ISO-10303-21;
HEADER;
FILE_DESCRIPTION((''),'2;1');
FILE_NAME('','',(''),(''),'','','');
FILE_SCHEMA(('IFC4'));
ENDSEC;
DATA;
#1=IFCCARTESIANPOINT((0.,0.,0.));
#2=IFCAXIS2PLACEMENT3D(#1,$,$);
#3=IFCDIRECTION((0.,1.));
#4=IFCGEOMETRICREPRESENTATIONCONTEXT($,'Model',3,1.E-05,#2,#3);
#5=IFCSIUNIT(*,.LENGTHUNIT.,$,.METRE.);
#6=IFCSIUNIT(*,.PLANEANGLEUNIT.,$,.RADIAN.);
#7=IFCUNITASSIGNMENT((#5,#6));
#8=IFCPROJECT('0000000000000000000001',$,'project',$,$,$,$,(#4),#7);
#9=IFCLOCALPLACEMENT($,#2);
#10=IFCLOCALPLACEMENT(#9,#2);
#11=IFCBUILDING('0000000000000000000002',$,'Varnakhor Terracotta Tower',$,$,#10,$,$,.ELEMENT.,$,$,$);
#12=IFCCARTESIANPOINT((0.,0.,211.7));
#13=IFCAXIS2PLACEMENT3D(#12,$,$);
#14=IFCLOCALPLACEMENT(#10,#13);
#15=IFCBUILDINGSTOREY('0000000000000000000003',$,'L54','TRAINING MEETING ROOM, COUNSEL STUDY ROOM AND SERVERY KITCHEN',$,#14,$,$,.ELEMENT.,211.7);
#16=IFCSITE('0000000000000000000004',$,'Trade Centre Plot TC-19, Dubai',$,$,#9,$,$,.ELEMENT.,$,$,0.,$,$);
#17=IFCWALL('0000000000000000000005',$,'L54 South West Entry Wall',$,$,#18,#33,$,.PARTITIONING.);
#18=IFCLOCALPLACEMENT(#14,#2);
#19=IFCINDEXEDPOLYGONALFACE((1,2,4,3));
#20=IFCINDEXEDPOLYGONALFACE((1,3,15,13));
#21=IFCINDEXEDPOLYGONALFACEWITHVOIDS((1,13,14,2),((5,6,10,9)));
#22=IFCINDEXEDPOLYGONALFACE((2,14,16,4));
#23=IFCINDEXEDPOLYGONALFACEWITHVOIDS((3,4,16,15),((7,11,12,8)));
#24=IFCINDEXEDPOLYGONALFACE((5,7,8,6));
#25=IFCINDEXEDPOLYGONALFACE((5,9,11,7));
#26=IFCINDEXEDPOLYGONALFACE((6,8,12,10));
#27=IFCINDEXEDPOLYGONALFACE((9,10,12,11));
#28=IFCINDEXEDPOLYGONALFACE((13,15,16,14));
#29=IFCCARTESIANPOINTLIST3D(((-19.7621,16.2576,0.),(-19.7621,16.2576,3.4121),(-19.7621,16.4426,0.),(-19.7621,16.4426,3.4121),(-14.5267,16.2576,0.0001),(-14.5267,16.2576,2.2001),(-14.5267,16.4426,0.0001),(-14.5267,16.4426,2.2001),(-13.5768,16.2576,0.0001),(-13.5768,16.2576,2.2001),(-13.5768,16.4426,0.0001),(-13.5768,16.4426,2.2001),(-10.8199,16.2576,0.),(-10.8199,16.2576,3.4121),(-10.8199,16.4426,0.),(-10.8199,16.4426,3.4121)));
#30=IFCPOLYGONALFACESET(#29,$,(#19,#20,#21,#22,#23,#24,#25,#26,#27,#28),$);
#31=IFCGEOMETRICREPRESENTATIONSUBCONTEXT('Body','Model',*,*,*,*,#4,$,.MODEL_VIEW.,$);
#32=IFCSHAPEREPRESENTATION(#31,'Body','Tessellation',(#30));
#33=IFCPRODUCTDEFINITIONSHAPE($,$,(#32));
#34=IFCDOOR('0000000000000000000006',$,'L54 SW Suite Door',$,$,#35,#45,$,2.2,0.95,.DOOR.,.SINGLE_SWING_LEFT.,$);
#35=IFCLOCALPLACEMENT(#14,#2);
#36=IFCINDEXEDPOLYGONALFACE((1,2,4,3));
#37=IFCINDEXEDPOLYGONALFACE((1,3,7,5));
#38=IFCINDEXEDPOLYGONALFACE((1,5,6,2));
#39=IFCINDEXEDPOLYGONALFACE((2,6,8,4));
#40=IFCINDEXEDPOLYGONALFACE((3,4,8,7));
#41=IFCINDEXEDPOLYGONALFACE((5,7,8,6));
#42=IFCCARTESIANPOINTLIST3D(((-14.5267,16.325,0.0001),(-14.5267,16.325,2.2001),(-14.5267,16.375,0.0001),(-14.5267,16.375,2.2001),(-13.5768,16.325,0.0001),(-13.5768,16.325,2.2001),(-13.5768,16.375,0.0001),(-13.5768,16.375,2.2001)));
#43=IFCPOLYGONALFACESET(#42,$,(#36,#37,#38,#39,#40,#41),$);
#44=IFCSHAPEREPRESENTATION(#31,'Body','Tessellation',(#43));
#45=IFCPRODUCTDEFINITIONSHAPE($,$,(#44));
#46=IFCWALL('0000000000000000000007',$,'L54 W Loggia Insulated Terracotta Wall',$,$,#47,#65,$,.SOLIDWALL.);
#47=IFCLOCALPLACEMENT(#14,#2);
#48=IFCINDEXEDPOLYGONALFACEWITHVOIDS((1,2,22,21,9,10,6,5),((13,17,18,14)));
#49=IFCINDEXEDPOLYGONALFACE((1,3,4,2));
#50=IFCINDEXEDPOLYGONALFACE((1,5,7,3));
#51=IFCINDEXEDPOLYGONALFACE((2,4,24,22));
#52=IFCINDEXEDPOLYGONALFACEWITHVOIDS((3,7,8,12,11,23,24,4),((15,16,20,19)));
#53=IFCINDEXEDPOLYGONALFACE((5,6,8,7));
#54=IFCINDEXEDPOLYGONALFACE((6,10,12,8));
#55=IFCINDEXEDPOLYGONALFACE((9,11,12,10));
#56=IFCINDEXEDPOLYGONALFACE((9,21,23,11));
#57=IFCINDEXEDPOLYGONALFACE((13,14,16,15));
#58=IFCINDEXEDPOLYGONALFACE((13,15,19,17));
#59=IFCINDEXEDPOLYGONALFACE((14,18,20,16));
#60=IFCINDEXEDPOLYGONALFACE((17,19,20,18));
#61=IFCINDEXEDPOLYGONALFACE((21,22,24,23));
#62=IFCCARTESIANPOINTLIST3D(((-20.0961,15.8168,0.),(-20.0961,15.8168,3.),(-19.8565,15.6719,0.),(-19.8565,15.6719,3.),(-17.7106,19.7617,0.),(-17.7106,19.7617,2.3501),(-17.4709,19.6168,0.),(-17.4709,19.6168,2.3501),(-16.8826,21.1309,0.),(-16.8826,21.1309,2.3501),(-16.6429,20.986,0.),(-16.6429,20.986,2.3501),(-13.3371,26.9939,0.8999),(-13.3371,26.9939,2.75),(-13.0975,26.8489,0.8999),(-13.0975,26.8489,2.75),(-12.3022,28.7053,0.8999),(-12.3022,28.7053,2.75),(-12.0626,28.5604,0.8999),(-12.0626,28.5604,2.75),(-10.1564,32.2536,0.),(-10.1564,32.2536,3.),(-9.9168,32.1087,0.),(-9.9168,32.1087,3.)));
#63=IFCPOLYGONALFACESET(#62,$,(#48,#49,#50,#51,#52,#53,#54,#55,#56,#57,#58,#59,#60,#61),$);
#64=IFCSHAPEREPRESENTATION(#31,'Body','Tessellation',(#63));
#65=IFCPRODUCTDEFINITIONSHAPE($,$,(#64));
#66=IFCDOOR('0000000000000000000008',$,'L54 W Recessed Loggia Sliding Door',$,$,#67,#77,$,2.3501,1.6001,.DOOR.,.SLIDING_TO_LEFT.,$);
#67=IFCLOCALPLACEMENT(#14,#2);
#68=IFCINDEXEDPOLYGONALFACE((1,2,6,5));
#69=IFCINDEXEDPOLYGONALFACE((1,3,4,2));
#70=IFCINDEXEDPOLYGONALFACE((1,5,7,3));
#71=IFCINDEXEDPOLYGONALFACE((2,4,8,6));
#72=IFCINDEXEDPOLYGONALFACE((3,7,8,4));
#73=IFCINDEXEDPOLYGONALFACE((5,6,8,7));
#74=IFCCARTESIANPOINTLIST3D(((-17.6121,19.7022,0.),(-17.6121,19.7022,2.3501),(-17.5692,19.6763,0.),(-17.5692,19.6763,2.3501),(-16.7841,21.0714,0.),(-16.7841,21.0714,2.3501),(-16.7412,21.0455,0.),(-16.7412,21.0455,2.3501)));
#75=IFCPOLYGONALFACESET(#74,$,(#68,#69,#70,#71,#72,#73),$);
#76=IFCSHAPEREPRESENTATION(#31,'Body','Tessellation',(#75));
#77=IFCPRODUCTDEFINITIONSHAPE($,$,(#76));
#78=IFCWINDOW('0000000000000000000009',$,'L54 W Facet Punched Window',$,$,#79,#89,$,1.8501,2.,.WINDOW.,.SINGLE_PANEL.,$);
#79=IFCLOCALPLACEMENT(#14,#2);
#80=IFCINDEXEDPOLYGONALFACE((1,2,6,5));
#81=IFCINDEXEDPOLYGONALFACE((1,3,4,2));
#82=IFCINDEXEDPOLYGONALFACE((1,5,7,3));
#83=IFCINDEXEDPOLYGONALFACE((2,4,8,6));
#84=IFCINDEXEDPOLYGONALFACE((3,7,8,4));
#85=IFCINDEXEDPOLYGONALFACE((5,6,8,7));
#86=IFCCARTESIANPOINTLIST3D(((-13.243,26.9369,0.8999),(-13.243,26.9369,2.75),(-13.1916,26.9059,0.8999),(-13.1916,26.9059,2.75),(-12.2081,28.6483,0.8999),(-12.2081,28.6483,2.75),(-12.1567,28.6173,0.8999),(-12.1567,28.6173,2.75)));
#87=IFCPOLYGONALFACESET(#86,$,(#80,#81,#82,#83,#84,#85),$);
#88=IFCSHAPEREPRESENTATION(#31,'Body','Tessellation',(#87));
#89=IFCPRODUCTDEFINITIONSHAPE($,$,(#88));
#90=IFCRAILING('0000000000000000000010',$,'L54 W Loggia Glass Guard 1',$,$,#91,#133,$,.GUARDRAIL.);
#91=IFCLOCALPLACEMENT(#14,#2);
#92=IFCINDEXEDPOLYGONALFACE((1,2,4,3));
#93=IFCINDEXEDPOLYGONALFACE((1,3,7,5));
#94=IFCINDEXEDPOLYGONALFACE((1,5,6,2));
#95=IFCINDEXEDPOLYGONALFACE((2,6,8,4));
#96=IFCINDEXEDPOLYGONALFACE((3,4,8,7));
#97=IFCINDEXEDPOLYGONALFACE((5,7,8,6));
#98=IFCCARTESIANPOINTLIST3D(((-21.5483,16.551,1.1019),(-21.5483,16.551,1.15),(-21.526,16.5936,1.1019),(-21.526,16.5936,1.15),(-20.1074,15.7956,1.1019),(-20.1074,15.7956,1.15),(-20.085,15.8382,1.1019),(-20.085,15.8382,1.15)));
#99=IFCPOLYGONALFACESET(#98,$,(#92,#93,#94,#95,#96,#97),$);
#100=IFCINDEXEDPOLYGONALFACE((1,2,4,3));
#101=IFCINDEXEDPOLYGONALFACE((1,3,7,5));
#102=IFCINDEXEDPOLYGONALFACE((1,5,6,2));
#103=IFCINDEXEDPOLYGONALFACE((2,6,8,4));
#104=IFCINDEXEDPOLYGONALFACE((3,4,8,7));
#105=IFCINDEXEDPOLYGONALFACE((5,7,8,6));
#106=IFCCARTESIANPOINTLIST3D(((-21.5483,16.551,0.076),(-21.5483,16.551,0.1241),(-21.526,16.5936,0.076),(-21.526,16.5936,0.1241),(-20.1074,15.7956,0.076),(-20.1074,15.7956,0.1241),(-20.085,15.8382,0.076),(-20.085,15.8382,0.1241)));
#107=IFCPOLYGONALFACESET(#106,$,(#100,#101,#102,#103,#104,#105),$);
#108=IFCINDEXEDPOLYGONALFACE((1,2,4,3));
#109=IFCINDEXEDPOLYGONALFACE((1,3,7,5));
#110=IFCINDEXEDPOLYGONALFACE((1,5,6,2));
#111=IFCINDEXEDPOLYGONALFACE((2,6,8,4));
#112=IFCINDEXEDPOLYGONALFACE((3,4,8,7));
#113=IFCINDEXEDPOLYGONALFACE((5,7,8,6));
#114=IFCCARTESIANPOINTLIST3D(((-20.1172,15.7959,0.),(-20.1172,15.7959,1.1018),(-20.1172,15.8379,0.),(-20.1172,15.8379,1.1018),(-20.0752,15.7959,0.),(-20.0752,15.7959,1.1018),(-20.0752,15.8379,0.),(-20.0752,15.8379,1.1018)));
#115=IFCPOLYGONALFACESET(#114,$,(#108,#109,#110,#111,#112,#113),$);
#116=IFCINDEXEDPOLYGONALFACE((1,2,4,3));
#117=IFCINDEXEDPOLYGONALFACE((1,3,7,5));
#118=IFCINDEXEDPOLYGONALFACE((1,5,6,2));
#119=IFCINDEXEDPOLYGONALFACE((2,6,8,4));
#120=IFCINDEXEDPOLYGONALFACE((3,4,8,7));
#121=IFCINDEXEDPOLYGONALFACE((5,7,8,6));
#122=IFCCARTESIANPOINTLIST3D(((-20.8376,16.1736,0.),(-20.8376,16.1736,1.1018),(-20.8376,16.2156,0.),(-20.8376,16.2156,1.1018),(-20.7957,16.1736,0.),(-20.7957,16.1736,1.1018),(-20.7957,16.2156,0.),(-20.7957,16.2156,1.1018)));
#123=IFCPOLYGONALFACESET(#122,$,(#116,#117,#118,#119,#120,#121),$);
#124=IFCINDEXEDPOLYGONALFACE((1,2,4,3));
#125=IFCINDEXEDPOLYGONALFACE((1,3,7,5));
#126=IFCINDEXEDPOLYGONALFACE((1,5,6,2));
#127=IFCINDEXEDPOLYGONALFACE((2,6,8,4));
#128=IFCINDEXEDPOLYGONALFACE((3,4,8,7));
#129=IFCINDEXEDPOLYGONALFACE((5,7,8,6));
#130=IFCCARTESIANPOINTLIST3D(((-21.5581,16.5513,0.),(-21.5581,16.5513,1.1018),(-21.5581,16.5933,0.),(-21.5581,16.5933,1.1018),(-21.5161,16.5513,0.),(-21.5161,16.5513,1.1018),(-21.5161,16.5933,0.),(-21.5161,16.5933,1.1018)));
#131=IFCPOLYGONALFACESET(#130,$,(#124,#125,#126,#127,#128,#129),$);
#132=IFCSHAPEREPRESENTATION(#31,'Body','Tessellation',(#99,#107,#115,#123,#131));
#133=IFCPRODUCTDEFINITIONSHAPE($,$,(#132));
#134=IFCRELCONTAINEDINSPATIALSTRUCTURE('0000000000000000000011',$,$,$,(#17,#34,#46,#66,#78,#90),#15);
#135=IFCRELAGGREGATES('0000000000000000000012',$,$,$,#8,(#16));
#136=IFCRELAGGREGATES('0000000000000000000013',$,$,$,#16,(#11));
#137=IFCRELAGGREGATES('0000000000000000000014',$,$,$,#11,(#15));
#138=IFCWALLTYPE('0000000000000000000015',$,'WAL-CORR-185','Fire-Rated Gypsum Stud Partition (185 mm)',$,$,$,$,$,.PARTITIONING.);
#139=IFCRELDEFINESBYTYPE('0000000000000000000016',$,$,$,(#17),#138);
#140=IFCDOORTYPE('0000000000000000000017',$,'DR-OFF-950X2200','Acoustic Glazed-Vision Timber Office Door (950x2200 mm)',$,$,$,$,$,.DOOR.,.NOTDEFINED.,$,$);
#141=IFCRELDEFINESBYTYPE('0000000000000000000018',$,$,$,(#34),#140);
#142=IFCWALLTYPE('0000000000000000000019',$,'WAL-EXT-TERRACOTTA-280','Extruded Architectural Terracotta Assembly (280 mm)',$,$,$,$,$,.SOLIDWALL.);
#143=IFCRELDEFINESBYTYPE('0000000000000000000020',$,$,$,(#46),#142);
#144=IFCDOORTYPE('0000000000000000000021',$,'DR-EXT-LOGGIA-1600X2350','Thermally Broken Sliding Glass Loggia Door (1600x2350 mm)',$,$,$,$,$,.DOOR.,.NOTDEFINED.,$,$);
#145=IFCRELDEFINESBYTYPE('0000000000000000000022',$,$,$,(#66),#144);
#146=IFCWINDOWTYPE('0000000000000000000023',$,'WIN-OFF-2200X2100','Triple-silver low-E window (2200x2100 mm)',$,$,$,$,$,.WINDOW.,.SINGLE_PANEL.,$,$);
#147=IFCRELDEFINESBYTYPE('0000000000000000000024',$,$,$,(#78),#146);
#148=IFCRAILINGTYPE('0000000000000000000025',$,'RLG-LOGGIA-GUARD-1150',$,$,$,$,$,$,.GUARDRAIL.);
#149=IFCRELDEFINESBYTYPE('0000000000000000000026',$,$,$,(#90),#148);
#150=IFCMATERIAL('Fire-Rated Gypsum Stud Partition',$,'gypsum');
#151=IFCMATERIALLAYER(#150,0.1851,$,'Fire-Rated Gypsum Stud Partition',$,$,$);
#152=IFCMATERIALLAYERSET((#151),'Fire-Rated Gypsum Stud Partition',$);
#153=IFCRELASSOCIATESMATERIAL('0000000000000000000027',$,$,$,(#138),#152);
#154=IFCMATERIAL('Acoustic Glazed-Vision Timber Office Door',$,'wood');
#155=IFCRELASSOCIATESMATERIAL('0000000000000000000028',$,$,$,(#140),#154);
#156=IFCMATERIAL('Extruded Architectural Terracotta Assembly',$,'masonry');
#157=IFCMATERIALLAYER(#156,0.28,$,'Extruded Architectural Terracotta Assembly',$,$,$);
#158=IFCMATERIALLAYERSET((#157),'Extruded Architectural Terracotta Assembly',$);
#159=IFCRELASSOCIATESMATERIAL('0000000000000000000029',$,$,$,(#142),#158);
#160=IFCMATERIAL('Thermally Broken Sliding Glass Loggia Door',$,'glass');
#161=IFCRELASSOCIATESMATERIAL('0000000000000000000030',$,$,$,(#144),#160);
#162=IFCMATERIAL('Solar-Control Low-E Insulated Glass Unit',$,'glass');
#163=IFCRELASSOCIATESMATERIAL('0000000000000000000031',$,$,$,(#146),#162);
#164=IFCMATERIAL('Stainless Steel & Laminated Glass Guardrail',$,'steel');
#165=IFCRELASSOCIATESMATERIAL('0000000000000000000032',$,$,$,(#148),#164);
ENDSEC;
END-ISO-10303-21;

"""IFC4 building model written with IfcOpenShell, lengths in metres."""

from ifc_helpers import new_model, si_unit, direction, frame, frame_2d, origin, origin_2d, place, context, subcontext, project, spatial, rectangle, extrude, source, transform, mapped, material, layer, layer_set, type_object, type_shapes, element, fill, save


model = new_model("IFC4")

# Units and contexts
model_context = context("Model", 3, precision=1e-05, world=origin(), true_north=direction((0.0, 1.0)))
body_context = subcontext(model_context, "Body", "Model", "MODEL_VIEW")
ifc_project = project(units=[si_unit("LENGTHUNIT", "METRE"), si_unit("PLANEANGLEUNIT", "RADIAN")], contexts=[model_context])

# Site, building, storey
site_placement = place(None, origin())
site = spatial("IfcSite", under=ifc_project, at=site_placement, Name="Trade Centre Plot TC-19, Dubai", CompositionType="ELEMENT", RefElevation=0.0)
building_placement = place(site_placement, origin())
building = spatial("IfcBuilding", under=site, at=building_placement, Name="Varnakhor Terracotta Tower", CompositionType="ELEMENT")
storey_placement = place(building_placement, frame((0.0, 0.0, 211.7)))
storey = spatial("IfcBuildingStorey", under=building, at=storey_placement, Name="L54", Description="TRAINING MEETING ROOM, COUNSEL STUDY ROOM AND SERVERY KITCHEN", CompositionType="ELEMENT", Elevation=211.7)

# Wall, opening, door
ifc_material_1 = material(Name="Fire-Rated Gypsum Stud Partition", Category="gypsum")
ifc_layer_1 = layer(ifc_material_1, 0.1851, Name="Fire-Rated Gypsum Stud Partition")
ifc_layer_set_1 = layer_set([ifc_layer_1], Name="Fire-Rated Gypsum Stud Partition")
wall_type_1 = type_object("IfcWallType", Name="WAL-CORR-185", Description="Fire-Rated Gypsum Stud Partition (185 mm)", PredefinedType="PARTITIONING", material=ifc_layer_set_1)
wall_1_placement = place(storey_placement, frame((-19.7622, 16.3501, 0.0), z_axis=(0.0, 0.0, 1.0), x_axis=(1.0, 0.0, 0.0)))
wall_1 = element("IfcWall", 1, at=wall_1_placement, inside=storey, type_object=wall_type_1, Name="L54 South West Entry Wall", PredefinedType="PARTITIONING", context=body_context, shape_type="SweptSolid", body=[
    extrude(rectangle(XDim=8.9421, YDim=0.1851, at=frame_2d((4.4712, 0.0))), origin(), (0.0, 0.0, 1.0), 3.4121),
])
opening_1_placement = place(wall_1_placement, frame((5.2354, 0.0, 0.0)))
opening_1 = element("IfcOpeningElement", 2, at=opening_1_placement, cuts=wall_1, PredefinedType="OPENING", context=body_context, shape_type="SweptSolid", body=[
    extrude(rectangle(XDim=0.95, YDim=2.2, at=frame_2d((0.4751, 1.1001))), frame((0.0, 0.1025, 0.0), z_axis=(0.0, -1.0, 0.0), x_axis=(1.0, 0.0, 0.0)), (0.0, 0.0, 1.0), 0.2051),
])
ifc_material_2 = material(Name="Acoustic Glazed-Vision Timber Office Door", Category="wood")
door_type_1 = type_object("IfcDoorType", Name="DR-OFF-950X2200", Description="Acoustic Glazed-Vision Timber Office Door (950x2200 mm)", OperationType="NOTDEFINED", PredefinedType="DOOR", material=ifc_material_2)
shared_shape_1 = source(origin(), body_context, "Body", "SweptSolid", [
    extrude(rectangle(XDim=0.95, YDim=2.2, at=frame_2d((0.4751, 1.1001))), frame((0.0, 0.0249, 0.0), z_axis=(0.0, -1.0, 0.0), x_axis=(1.0, 0.0, 0.0)), (0.0, 0.0, 1.0), 0.05),
])
type_shapes(door_type_1, [shared_shape_1])
door_1_placement = place(opening_1_placement, origin())
door_1 = element("IfcDoor", 3, at=door_1_placement, inside=storey, type_object=door_type_1, Name="L54 SW Suite Door", OperationType="SINGLE_SWING_LEFT", OverallHeight=2.2, OverallWidth=0.95, PredefinedType="DOOR", context=body_context, shape_type="MappedRepresentation", body=[
    mapped(shared_shape_1, transform((0.0, 0.0, 0.0), scale=1.0)),
])
fill(opening_1, door_1)

# Wall, openings, door, window
ifc_material_3 = material(Name="Extruded Architectural Terracotta Assembly", Category="masonry")
ifc_layer_2 = layer(ifc_material_3, 0.28, Name="Extruded Architectural Terracotta Assembly")
ifc_layer_set_2 = layer_set([ifc_layer_2], Name="Extruded Architectural Terracotta Assembly")
wall_type_2 = type_object("IfcWallType", Name="WAL-EXT-TERRACOTTA-280", Description="Extruded Architectural Terracotta Assembly (280 mm)", PredefinedType="SOLIDWALL", material=ifc_layer_set_2)
wall_2_placement = place(storey_placement, frame((-19.9763, 15.7444, 0.0), z_axis=(0.0, 0.0, 1.0), x_axis=(0.517465, 0.855705, 0.0)))
wall_2 = element("IfcWall", 4, at=wall_2_placement, inside=storey, type_object=wall_type_2, Name="L54 W Loggia Insulated Terracotta Wall", PredefinedType="SOLIDWALL", context=body_context, shape_type="SweptSolid", body=[
    extrude(rectangle(XDim=19.2085, YDim=0.28, at=frame_2d((9.6042, 0.0))), origin(), (0.0, 0.0, 1.0), 3.0),
])
opening_2_placement = place(wall_2_placement, frame((4.6101, 0.0, 0.0)))
opening_2 = element("IfcOpeningElement", 5, at=opening_2_placement, cuts=wall_2, PredefinedType="OPENING", context=body_context, shape_type="SweptSolid", body=[
    extrude(rectangle(XDim=1.6001, YDim=2.3501, at=frame_2d((0.8, 1.175))), frame((0.0, 0.1499, 0.0), z_axis=(0.0, -1.0, 0.0), x_axis=(1.0, 0.0, 0.0)), (0.0, 0.0, 1.0), 0.3),
])
opening_3_placement = place(wall_2_placement, frame((13.0618, 0.0, 0.8999)))
opening_3 = element("IfcOpeningElement", 6, at=opening_3_placement, cuts=wall_2, PredefinedType="OPENING", context=body_context, shape_type="SweptSolid", body=[
    extrude(rectangle(XDim=2.0, YDim=1.8501, at=frame_2d((1.0, 0.925))), frame((0.0, 0.1499, 0.0), z_axis=(0.0, -1.0, 0.0), x_axis=(1.0, 0.0, 0.0)), (0.0, 0.0, 1.0), 0.3),
])
ifc_material_4 = material(Name="Thermally Broken Sliding Glass Loggia Door", Category="glass")
door_type_2 = type_object("IfcDoorType", Name="DR-EXT-LOGGIA-1600X2350", Description="Thermally Broken Sliding Glass Loggia Door (1600x2350 mm)", OperationType="NOTDEFINED", PredefinedType="DOOR", material=ifc_material_4)
shared_shape_2 = source(origin(), body_context, "Body", "SweptSolid", [
    extrude(rectangle(XDim=1.6001, YDim=2.3501, at=frame_2d((0.8, 1.175))), frame((0.0, 0.0249, 0.0), z_axis=(0.0, -1.0, 0.0), x_axis=(1.0, 0.0, 0.0)), (0.0, 0.0, 1.0), 0.05),
])
type_shapes(door_type_2, [shared_shape_2])
door_2_placement = place(opening_2_placement, origin())
door_2 = element("IfcDoor", 7, at=door_2_placement, inside=storey, type_object=door_type_2, Name="L54 W Recessed Loggia Sliding Door", OperationType="SLIDING_TO_LEFT", OverallHeight=2.3501, OverallWidth=1.6001, PredefinedType="DOOR", context=body_context, shape_type="MappedRepresentation", body=[
    mapped(shared_shape_2, transform((0.0, 0.0, 0.0), scale=1.0)),
])
fill(opening_2, door_2)
ifc_material_5 = material(Name="Solar-Control Low-E Insulated Glass Unit", Category="glass")
window_type = type_object("IfcWindowType", Name="WIN-OFF-2200X2100", Description="Triple-silver low-E window (2200x2100 mm)", PartitioningType="SINGLE_PANEL", PredefinedType="WINDOW", material=ifc_material_5)
shared_shape_3 = source(origin(), body_context, "Body", "SweptSolid", [
    extrude(rectangle(XDim=2.0, YDim=1.8501, at=frame_2d((1.0, 0.925))), frame((0.0, 0.03, 0.0), z_axis=(0.0, -1.0, 0.0), x_axis=(1.0, 0.0, 0.0)), (0.0, 0.0, 1.0), 0.0601),
])
type_shapes(window_type, [shared_shape_3])
window_placement = place(opening_3_placement, origin())
window = element("IfcWindow", 8, at=window_placement, inside=storey, type_object=window_type, Name="L54 W Facet Punched Window", OverallHeight=1.8501, OverallWidth=2.0, PartitioningType="SINGLE_PANEL", PredefinedType="WINDOW", context=body_context, shape_type="MappedRepresentation", body=[
    mapped(shared_shape_3, transform((0.0, 0.0, 0.0), scale=1.0)),
])
fill(opening_3, window)

# Railing
ifc_material_6 = material(Name="Stainless Steel & Laminated Glass Guardrail", Category="steel")
railing_type = type_object("IfcRailingType", Name="RLG-LOGGIA-GUARD-1150", PredefinedType="GUARDRAIL", material=ifc_material_6)
railing_1_placement = place(storey_placement, frame((-20.0962, 15.8169, 0.0)))
element("IfcRailing", 9, at=railing_1_placement, inside=storey, type_object=railing_type, Name="L54 W Loggia Glass Guard 1", PredefinedType="GUARDRAIL", context=body_context, shape_type="SweptSolid", body=[
    extrude(rectangle(XDim=0.0481, YDim=0.0481, at=origin_2d()), frame((0.0, 0.0, 1.126), z_axis=(-0.885679, 0.464299, 0.0), x_axis=(-0.464299, -0.885679, 0.0)), (0.0, 0.0, 1.0), 1.627),
    extrude(rectangle(XDim=0.0481, YDim=0.0481, at=origin_2d()), frame((0.0, 0.0, 0.1001), z_axis=(-0.885679, 0.464299, 0.0), x_axis=(-0.464299, -0.885679, 0.0)), (0.0, 0.0, 1.0), 1.627),
    extrude(rectangle(XDim=0.042, YDim=0.042, at=origin_2d()), origin(), (0.0, 0.0, 1.0), 1.1018),
    extrude(rectangle(XDim=0.042, YDim=0.042, at=origin_2d()), frame((-0.7205, 0.3777, 0.0)), (0.0, 0.0, 1.0), 1.1018),
    extrude(rectangle(XDim=0.042, YDim=0.042, at=origin_2d()), frame((-1.4409, 0.7554, 0.0)), (0.0, 0.0, 1.0), 1.1018),
])

save(model, "model.ifc")
